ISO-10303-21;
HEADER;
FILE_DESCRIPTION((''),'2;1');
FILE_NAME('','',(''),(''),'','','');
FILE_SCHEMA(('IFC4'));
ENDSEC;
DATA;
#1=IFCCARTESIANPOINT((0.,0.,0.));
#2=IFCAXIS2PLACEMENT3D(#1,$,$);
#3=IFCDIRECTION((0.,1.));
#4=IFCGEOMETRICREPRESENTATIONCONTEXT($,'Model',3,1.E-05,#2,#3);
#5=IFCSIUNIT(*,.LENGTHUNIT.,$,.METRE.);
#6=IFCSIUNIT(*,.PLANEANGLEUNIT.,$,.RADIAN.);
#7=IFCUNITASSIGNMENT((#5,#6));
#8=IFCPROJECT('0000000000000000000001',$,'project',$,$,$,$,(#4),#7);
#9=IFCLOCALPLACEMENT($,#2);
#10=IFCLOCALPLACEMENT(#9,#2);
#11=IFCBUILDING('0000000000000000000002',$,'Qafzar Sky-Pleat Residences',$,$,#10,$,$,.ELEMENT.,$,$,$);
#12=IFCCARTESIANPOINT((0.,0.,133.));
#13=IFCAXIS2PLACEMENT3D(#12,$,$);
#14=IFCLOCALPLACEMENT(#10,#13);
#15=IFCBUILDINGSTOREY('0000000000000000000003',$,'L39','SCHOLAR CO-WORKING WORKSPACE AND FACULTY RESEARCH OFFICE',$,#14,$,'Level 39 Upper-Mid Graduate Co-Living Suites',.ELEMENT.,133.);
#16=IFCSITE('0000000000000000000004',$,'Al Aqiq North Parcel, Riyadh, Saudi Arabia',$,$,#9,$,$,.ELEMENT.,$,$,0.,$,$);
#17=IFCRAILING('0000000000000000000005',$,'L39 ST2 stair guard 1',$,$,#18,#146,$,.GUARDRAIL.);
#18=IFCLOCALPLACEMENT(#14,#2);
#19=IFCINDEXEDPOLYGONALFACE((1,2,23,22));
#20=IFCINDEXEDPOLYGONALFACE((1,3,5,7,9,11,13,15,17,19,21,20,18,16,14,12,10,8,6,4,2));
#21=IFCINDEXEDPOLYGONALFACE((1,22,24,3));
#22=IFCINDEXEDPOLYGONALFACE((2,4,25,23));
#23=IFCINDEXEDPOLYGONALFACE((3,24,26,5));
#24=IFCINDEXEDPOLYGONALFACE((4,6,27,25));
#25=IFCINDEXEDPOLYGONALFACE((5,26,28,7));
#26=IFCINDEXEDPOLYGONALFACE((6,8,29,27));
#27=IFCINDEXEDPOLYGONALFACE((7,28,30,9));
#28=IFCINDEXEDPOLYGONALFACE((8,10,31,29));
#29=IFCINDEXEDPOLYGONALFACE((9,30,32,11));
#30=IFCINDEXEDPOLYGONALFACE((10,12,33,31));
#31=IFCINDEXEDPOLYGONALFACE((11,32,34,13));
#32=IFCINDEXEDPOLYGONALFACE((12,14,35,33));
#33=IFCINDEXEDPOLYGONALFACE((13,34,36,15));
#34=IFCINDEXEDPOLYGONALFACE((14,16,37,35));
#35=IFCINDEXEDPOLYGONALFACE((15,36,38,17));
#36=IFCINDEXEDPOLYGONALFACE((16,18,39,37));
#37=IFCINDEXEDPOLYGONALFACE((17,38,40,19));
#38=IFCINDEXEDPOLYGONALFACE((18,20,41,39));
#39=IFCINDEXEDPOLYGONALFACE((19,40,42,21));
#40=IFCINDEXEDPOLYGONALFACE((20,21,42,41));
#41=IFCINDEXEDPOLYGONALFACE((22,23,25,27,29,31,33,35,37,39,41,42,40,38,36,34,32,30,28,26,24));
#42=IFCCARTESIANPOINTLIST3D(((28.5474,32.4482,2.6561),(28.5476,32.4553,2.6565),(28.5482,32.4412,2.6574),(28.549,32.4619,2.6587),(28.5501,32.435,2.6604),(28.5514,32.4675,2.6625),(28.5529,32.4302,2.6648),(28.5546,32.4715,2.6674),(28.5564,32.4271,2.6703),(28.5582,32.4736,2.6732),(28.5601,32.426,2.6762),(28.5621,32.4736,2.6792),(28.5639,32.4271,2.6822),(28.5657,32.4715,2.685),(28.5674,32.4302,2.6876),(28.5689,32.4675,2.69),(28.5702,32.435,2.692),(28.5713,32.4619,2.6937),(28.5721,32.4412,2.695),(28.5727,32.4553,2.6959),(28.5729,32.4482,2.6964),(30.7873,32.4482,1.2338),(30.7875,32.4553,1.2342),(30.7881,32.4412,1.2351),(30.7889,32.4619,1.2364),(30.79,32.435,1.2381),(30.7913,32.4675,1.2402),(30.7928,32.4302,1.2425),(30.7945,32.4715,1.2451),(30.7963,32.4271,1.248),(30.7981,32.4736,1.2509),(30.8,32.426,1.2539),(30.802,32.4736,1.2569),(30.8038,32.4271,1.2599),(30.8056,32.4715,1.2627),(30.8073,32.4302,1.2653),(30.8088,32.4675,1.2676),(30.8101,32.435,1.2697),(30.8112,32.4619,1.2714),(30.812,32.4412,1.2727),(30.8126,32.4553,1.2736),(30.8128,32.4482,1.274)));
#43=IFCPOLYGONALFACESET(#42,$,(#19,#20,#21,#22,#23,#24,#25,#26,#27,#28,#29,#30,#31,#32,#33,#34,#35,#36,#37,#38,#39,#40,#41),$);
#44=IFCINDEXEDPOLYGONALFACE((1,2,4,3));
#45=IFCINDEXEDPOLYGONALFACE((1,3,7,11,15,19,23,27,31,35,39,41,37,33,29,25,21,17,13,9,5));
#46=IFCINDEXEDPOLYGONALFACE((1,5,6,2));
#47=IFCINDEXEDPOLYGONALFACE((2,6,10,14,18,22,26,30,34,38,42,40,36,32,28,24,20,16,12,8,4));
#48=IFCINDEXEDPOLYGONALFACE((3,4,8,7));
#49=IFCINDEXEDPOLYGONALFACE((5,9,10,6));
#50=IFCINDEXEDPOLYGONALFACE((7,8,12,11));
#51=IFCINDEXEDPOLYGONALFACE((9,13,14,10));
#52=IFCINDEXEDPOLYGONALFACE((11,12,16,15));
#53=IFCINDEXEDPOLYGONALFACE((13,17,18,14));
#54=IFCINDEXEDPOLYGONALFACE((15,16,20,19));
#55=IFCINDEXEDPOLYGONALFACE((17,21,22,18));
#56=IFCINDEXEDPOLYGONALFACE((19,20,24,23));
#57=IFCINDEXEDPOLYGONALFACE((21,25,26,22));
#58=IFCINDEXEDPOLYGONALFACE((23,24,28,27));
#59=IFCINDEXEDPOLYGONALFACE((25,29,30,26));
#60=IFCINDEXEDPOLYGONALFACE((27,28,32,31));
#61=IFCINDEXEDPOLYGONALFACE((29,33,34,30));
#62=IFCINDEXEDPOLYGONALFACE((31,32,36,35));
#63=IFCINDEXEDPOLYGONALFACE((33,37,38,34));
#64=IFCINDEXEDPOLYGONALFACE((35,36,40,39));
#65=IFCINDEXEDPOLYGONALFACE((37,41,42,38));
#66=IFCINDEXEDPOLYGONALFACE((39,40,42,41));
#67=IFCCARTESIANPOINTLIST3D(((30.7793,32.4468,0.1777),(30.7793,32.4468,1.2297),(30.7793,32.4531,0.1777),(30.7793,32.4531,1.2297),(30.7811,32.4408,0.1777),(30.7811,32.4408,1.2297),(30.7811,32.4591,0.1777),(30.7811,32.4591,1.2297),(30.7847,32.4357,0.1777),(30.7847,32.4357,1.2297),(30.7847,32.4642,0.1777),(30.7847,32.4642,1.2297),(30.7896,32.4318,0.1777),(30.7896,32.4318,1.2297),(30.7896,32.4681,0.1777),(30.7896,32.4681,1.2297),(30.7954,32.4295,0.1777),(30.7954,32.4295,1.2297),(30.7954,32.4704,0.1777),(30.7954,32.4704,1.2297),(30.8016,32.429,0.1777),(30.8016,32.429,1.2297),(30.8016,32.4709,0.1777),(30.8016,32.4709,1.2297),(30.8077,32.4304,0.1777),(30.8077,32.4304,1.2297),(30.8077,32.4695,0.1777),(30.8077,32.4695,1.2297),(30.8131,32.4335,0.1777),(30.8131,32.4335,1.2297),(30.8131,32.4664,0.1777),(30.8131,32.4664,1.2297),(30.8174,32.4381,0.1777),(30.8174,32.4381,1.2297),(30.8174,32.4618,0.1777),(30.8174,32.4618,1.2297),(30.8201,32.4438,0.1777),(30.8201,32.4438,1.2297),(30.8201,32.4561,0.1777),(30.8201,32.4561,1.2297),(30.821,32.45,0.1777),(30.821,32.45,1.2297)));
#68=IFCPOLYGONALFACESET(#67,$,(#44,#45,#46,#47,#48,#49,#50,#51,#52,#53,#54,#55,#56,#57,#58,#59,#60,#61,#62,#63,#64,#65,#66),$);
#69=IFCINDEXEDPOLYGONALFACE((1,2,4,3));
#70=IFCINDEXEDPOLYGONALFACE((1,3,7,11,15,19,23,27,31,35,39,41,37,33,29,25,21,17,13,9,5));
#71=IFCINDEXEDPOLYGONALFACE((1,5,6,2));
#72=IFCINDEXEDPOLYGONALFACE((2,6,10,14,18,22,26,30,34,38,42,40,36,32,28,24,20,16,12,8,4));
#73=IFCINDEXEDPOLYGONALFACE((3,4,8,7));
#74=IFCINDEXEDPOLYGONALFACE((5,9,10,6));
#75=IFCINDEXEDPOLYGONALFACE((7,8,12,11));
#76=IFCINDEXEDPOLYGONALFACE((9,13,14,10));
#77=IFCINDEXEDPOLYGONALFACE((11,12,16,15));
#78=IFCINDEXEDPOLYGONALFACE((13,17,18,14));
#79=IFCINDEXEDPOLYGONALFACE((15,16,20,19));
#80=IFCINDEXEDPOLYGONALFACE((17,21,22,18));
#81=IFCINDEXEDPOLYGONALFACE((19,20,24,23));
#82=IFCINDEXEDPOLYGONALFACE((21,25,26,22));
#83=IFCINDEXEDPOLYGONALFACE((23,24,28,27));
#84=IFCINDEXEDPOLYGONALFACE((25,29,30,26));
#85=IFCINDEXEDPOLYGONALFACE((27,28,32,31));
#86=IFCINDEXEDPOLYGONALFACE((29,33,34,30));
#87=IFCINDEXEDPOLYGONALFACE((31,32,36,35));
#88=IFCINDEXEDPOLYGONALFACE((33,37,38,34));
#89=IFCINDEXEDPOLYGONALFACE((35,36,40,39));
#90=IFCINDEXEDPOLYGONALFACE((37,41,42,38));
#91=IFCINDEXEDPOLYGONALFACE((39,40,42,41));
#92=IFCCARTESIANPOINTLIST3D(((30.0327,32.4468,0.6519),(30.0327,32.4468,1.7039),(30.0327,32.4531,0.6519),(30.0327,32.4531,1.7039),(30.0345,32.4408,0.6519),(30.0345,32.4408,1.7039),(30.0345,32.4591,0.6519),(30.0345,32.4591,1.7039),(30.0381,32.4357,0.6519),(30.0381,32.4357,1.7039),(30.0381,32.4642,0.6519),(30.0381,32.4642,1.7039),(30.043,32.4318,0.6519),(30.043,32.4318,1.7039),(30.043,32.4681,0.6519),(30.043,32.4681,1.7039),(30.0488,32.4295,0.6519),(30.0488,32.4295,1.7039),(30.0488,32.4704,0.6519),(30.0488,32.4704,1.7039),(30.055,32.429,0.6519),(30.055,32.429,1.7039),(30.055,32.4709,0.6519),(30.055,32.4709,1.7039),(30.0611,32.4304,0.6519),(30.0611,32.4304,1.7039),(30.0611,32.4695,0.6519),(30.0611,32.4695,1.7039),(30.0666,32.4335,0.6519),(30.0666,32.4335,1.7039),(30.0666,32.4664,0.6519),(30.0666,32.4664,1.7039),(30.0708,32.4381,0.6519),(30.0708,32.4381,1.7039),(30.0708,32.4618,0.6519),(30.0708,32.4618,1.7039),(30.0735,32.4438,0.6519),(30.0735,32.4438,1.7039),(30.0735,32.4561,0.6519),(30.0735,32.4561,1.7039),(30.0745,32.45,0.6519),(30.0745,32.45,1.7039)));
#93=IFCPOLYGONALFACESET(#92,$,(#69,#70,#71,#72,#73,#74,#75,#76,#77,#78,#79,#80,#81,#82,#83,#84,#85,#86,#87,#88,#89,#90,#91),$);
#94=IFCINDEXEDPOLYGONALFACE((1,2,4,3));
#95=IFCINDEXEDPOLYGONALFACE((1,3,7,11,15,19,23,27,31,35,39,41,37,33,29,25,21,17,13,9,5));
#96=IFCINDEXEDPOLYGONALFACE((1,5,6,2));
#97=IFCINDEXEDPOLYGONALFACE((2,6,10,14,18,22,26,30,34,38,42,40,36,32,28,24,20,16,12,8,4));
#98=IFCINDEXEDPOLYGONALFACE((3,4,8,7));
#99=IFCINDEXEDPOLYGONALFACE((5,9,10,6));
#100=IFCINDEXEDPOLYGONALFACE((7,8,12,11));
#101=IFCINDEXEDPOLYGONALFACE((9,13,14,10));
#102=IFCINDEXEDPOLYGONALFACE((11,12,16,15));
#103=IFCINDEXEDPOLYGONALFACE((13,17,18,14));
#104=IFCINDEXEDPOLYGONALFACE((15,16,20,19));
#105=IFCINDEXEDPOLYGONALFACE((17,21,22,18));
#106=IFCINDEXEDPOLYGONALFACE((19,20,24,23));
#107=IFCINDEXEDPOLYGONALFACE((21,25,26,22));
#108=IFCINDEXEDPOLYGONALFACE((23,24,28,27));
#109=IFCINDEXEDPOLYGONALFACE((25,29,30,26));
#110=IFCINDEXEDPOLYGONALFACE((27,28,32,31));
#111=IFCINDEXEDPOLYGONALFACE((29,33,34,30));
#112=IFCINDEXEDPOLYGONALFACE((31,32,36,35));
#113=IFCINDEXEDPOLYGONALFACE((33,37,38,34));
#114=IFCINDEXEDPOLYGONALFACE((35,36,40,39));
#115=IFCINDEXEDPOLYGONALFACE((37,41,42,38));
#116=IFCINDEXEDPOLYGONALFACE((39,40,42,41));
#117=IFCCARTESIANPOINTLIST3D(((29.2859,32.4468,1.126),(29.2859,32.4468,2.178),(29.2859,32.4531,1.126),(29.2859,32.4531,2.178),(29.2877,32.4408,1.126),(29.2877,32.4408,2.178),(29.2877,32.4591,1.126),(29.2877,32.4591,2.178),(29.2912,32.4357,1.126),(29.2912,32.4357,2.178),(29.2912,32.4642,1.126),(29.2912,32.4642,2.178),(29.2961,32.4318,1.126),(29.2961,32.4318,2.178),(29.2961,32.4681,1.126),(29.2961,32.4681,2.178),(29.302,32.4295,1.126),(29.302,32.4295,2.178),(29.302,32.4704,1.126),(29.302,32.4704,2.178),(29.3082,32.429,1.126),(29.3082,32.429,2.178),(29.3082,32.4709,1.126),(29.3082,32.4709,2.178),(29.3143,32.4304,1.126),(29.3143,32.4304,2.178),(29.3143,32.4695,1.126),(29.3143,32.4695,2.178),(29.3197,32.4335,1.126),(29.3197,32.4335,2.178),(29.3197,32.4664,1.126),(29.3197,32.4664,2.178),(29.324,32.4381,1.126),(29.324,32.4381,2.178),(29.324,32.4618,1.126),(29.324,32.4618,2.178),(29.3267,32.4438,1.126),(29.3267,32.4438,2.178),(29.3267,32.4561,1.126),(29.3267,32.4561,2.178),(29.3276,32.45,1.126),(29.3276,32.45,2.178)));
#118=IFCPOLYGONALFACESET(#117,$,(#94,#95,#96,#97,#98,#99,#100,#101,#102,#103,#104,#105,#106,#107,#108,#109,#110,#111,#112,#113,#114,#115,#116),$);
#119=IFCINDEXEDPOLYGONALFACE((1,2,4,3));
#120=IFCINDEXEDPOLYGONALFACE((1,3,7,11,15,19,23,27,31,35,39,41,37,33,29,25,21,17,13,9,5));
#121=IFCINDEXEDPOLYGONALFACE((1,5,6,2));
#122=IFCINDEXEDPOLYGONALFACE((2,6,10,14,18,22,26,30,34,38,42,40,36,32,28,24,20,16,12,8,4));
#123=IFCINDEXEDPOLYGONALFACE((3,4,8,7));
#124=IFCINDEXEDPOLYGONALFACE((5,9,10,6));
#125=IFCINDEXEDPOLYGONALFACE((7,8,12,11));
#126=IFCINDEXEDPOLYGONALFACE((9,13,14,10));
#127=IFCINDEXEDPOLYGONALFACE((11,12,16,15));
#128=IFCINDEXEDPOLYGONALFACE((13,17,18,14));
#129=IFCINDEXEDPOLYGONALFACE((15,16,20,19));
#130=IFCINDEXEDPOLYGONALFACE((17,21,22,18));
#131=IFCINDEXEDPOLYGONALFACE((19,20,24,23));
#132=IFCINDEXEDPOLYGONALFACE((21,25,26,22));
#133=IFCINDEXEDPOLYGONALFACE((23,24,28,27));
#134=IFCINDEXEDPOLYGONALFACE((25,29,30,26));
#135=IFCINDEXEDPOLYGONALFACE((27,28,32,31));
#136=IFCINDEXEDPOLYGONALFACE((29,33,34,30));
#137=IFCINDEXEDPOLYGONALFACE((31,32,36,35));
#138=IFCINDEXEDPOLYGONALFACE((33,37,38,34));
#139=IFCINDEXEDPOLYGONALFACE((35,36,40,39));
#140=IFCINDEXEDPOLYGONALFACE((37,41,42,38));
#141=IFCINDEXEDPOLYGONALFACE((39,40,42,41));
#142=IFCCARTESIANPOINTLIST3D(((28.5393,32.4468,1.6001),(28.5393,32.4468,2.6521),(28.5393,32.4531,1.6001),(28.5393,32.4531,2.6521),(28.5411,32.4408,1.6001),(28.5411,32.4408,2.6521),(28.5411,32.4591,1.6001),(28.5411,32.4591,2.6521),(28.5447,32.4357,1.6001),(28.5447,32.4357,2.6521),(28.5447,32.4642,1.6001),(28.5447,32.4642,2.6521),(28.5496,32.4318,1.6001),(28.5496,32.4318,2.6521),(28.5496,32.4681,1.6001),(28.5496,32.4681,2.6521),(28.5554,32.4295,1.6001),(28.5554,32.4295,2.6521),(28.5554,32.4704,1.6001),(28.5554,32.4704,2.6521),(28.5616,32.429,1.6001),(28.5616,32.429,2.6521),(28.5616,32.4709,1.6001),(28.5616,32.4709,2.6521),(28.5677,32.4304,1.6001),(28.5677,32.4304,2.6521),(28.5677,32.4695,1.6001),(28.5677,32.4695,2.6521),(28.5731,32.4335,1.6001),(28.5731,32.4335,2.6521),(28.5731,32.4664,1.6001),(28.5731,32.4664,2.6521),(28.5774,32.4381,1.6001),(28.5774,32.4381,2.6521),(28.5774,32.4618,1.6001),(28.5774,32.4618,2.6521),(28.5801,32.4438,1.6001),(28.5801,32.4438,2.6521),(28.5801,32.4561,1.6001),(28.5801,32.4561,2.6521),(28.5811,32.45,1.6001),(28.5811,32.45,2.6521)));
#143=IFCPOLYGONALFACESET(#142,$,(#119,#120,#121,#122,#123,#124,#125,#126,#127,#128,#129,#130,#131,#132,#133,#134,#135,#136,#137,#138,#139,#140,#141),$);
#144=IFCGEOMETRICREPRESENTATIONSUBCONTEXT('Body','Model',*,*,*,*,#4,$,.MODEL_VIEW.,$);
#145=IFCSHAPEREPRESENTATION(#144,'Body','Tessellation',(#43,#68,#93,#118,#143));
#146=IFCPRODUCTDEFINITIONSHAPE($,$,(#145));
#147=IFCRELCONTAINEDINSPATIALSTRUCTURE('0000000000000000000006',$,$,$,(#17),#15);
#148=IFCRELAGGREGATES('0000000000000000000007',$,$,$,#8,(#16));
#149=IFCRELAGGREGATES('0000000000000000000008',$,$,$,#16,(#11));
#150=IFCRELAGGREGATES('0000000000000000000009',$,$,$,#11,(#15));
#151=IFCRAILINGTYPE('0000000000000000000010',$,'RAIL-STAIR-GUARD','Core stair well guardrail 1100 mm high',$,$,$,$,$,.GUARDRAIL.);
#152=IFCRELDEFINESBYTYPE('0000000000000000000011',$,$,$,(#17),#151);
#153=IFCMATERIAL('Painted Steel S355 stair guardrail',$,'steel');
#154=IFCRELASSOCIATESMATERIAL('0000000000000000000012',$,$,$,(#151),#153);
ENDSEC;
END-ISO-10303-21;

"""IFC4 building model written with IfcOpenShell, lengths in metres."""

from ifc_helpers import new_model, si_unit, direction, frame, origin, origin_2d, place, context, subcontext, project, spatial, circle, extrude, source, transform, mapped, material, type_object, element, save


model = new_model("IFC4")

# Units and contexts
model_context = context("Model", 3, precision=1e-05, world=origin(), true_north=direction((0.0, 1.0)))
body_context = subcontext(model_context, "Body", "Model", "MODEL_VIEW")
ifc_project = project(units=[si_unit("LENGTHUNIT", "METRE"), si_unit("PLANEANGLEUNIT", "RADIAN")], contexts=[model_context])

# Site, building, storey
site_placement = place(None, origin())
site = spatial("IfcSite", under=ifc_project, at=site_placement, Name="Al Aqiq North Parcel, Riyadh, Saudi Arabia", CompositionType="ELEMENT", RefElevation=0.0)
building_placement = place(site_placement, origin())
building = spatial("IfcBuilding", under=site, at=building_placement, Name="Qafzar Sky-Pleat Residences", CompositionType="ELEMENT")
storey_placement = place(building_placement, frame((0.0, 0.0, 133.0)))
storey = spatial("IfcBuildingStorey", under=building, at=storey_placement, Name="L39", Description="SCHOLAR CO-WORKING WORKSPACE AND FACULTY RESEARCH OFFICE", LongName="Level 39 Upper-Mid Graduate Co-Living Suites", CompositionType="ELEMENT", Elevation=133.0)

# Railing
ifc_material_1 = material(Name="Painted Steel S355 stair guardrail", Category="steel")
railing_type_1 = type_object("IfcRailingType", Name="RAIL-STAIR-GUARD", Description="Core stair well guardrail 1100 mm high", PredefinedType="GUARDRAIL", material=ifc_material_1)
shared_shape_1 = source(origin(), body_context, "Body", "SweptSolid", [
    extrude(circle(Radius=0.0239, at=origin_2d()), frame((0.0, 0.0, 1.0762), z_axis=(-0.844188, 0.0, 0.536048), x_axis=(0.0, -1.0, 0.0)), (0.0, 0.0, 1.0), 2.6533),
    extrude(circle(Radius=0.021, at=origin_2d()), origin(), (0.0, 0.0, 1.0), 1.052),
    extrude(circle(Radius=0.021, at=origin_2d()), frame((-0.7466, 0.0, 0.4741)), (0.0, 0.0, 1.0), 1.052),
    extrude(circle(Radius=0.021, at=origin_2d()), frame((-1.4934, 0.0, 0.9482)), (0.0, 0.0, 1.0), 1.052),
    extrude(circle(Radius=0.021, at=origin_2d()), frame((-2.24, 0.0, 1.4224)), (0.0, 0.0, 1.0), 1.052),
])
railing_1_placement = place(storey_placement, frame((30.8, 32.45, 0.1777)))
element("IfcRailing", 1, at=railing_1_placement, inside=storey, type_object=railing_type_1, Name="L39 ST2 stair guard 1", PredefinedType="GUARDRAIL", context=body_context, shape_type="MappedRepresentation", body=[
    mapped(shared_shape_1, transform((0.0, 0.0, 0.0), x_axis=(1.0, 0.0, 0.0), y_axis=(0.0, 1.0, 0.0), z_axis=(0.0, 0.0, 1.0), scale=1.0)),
])

save(model, "model.ifc")
